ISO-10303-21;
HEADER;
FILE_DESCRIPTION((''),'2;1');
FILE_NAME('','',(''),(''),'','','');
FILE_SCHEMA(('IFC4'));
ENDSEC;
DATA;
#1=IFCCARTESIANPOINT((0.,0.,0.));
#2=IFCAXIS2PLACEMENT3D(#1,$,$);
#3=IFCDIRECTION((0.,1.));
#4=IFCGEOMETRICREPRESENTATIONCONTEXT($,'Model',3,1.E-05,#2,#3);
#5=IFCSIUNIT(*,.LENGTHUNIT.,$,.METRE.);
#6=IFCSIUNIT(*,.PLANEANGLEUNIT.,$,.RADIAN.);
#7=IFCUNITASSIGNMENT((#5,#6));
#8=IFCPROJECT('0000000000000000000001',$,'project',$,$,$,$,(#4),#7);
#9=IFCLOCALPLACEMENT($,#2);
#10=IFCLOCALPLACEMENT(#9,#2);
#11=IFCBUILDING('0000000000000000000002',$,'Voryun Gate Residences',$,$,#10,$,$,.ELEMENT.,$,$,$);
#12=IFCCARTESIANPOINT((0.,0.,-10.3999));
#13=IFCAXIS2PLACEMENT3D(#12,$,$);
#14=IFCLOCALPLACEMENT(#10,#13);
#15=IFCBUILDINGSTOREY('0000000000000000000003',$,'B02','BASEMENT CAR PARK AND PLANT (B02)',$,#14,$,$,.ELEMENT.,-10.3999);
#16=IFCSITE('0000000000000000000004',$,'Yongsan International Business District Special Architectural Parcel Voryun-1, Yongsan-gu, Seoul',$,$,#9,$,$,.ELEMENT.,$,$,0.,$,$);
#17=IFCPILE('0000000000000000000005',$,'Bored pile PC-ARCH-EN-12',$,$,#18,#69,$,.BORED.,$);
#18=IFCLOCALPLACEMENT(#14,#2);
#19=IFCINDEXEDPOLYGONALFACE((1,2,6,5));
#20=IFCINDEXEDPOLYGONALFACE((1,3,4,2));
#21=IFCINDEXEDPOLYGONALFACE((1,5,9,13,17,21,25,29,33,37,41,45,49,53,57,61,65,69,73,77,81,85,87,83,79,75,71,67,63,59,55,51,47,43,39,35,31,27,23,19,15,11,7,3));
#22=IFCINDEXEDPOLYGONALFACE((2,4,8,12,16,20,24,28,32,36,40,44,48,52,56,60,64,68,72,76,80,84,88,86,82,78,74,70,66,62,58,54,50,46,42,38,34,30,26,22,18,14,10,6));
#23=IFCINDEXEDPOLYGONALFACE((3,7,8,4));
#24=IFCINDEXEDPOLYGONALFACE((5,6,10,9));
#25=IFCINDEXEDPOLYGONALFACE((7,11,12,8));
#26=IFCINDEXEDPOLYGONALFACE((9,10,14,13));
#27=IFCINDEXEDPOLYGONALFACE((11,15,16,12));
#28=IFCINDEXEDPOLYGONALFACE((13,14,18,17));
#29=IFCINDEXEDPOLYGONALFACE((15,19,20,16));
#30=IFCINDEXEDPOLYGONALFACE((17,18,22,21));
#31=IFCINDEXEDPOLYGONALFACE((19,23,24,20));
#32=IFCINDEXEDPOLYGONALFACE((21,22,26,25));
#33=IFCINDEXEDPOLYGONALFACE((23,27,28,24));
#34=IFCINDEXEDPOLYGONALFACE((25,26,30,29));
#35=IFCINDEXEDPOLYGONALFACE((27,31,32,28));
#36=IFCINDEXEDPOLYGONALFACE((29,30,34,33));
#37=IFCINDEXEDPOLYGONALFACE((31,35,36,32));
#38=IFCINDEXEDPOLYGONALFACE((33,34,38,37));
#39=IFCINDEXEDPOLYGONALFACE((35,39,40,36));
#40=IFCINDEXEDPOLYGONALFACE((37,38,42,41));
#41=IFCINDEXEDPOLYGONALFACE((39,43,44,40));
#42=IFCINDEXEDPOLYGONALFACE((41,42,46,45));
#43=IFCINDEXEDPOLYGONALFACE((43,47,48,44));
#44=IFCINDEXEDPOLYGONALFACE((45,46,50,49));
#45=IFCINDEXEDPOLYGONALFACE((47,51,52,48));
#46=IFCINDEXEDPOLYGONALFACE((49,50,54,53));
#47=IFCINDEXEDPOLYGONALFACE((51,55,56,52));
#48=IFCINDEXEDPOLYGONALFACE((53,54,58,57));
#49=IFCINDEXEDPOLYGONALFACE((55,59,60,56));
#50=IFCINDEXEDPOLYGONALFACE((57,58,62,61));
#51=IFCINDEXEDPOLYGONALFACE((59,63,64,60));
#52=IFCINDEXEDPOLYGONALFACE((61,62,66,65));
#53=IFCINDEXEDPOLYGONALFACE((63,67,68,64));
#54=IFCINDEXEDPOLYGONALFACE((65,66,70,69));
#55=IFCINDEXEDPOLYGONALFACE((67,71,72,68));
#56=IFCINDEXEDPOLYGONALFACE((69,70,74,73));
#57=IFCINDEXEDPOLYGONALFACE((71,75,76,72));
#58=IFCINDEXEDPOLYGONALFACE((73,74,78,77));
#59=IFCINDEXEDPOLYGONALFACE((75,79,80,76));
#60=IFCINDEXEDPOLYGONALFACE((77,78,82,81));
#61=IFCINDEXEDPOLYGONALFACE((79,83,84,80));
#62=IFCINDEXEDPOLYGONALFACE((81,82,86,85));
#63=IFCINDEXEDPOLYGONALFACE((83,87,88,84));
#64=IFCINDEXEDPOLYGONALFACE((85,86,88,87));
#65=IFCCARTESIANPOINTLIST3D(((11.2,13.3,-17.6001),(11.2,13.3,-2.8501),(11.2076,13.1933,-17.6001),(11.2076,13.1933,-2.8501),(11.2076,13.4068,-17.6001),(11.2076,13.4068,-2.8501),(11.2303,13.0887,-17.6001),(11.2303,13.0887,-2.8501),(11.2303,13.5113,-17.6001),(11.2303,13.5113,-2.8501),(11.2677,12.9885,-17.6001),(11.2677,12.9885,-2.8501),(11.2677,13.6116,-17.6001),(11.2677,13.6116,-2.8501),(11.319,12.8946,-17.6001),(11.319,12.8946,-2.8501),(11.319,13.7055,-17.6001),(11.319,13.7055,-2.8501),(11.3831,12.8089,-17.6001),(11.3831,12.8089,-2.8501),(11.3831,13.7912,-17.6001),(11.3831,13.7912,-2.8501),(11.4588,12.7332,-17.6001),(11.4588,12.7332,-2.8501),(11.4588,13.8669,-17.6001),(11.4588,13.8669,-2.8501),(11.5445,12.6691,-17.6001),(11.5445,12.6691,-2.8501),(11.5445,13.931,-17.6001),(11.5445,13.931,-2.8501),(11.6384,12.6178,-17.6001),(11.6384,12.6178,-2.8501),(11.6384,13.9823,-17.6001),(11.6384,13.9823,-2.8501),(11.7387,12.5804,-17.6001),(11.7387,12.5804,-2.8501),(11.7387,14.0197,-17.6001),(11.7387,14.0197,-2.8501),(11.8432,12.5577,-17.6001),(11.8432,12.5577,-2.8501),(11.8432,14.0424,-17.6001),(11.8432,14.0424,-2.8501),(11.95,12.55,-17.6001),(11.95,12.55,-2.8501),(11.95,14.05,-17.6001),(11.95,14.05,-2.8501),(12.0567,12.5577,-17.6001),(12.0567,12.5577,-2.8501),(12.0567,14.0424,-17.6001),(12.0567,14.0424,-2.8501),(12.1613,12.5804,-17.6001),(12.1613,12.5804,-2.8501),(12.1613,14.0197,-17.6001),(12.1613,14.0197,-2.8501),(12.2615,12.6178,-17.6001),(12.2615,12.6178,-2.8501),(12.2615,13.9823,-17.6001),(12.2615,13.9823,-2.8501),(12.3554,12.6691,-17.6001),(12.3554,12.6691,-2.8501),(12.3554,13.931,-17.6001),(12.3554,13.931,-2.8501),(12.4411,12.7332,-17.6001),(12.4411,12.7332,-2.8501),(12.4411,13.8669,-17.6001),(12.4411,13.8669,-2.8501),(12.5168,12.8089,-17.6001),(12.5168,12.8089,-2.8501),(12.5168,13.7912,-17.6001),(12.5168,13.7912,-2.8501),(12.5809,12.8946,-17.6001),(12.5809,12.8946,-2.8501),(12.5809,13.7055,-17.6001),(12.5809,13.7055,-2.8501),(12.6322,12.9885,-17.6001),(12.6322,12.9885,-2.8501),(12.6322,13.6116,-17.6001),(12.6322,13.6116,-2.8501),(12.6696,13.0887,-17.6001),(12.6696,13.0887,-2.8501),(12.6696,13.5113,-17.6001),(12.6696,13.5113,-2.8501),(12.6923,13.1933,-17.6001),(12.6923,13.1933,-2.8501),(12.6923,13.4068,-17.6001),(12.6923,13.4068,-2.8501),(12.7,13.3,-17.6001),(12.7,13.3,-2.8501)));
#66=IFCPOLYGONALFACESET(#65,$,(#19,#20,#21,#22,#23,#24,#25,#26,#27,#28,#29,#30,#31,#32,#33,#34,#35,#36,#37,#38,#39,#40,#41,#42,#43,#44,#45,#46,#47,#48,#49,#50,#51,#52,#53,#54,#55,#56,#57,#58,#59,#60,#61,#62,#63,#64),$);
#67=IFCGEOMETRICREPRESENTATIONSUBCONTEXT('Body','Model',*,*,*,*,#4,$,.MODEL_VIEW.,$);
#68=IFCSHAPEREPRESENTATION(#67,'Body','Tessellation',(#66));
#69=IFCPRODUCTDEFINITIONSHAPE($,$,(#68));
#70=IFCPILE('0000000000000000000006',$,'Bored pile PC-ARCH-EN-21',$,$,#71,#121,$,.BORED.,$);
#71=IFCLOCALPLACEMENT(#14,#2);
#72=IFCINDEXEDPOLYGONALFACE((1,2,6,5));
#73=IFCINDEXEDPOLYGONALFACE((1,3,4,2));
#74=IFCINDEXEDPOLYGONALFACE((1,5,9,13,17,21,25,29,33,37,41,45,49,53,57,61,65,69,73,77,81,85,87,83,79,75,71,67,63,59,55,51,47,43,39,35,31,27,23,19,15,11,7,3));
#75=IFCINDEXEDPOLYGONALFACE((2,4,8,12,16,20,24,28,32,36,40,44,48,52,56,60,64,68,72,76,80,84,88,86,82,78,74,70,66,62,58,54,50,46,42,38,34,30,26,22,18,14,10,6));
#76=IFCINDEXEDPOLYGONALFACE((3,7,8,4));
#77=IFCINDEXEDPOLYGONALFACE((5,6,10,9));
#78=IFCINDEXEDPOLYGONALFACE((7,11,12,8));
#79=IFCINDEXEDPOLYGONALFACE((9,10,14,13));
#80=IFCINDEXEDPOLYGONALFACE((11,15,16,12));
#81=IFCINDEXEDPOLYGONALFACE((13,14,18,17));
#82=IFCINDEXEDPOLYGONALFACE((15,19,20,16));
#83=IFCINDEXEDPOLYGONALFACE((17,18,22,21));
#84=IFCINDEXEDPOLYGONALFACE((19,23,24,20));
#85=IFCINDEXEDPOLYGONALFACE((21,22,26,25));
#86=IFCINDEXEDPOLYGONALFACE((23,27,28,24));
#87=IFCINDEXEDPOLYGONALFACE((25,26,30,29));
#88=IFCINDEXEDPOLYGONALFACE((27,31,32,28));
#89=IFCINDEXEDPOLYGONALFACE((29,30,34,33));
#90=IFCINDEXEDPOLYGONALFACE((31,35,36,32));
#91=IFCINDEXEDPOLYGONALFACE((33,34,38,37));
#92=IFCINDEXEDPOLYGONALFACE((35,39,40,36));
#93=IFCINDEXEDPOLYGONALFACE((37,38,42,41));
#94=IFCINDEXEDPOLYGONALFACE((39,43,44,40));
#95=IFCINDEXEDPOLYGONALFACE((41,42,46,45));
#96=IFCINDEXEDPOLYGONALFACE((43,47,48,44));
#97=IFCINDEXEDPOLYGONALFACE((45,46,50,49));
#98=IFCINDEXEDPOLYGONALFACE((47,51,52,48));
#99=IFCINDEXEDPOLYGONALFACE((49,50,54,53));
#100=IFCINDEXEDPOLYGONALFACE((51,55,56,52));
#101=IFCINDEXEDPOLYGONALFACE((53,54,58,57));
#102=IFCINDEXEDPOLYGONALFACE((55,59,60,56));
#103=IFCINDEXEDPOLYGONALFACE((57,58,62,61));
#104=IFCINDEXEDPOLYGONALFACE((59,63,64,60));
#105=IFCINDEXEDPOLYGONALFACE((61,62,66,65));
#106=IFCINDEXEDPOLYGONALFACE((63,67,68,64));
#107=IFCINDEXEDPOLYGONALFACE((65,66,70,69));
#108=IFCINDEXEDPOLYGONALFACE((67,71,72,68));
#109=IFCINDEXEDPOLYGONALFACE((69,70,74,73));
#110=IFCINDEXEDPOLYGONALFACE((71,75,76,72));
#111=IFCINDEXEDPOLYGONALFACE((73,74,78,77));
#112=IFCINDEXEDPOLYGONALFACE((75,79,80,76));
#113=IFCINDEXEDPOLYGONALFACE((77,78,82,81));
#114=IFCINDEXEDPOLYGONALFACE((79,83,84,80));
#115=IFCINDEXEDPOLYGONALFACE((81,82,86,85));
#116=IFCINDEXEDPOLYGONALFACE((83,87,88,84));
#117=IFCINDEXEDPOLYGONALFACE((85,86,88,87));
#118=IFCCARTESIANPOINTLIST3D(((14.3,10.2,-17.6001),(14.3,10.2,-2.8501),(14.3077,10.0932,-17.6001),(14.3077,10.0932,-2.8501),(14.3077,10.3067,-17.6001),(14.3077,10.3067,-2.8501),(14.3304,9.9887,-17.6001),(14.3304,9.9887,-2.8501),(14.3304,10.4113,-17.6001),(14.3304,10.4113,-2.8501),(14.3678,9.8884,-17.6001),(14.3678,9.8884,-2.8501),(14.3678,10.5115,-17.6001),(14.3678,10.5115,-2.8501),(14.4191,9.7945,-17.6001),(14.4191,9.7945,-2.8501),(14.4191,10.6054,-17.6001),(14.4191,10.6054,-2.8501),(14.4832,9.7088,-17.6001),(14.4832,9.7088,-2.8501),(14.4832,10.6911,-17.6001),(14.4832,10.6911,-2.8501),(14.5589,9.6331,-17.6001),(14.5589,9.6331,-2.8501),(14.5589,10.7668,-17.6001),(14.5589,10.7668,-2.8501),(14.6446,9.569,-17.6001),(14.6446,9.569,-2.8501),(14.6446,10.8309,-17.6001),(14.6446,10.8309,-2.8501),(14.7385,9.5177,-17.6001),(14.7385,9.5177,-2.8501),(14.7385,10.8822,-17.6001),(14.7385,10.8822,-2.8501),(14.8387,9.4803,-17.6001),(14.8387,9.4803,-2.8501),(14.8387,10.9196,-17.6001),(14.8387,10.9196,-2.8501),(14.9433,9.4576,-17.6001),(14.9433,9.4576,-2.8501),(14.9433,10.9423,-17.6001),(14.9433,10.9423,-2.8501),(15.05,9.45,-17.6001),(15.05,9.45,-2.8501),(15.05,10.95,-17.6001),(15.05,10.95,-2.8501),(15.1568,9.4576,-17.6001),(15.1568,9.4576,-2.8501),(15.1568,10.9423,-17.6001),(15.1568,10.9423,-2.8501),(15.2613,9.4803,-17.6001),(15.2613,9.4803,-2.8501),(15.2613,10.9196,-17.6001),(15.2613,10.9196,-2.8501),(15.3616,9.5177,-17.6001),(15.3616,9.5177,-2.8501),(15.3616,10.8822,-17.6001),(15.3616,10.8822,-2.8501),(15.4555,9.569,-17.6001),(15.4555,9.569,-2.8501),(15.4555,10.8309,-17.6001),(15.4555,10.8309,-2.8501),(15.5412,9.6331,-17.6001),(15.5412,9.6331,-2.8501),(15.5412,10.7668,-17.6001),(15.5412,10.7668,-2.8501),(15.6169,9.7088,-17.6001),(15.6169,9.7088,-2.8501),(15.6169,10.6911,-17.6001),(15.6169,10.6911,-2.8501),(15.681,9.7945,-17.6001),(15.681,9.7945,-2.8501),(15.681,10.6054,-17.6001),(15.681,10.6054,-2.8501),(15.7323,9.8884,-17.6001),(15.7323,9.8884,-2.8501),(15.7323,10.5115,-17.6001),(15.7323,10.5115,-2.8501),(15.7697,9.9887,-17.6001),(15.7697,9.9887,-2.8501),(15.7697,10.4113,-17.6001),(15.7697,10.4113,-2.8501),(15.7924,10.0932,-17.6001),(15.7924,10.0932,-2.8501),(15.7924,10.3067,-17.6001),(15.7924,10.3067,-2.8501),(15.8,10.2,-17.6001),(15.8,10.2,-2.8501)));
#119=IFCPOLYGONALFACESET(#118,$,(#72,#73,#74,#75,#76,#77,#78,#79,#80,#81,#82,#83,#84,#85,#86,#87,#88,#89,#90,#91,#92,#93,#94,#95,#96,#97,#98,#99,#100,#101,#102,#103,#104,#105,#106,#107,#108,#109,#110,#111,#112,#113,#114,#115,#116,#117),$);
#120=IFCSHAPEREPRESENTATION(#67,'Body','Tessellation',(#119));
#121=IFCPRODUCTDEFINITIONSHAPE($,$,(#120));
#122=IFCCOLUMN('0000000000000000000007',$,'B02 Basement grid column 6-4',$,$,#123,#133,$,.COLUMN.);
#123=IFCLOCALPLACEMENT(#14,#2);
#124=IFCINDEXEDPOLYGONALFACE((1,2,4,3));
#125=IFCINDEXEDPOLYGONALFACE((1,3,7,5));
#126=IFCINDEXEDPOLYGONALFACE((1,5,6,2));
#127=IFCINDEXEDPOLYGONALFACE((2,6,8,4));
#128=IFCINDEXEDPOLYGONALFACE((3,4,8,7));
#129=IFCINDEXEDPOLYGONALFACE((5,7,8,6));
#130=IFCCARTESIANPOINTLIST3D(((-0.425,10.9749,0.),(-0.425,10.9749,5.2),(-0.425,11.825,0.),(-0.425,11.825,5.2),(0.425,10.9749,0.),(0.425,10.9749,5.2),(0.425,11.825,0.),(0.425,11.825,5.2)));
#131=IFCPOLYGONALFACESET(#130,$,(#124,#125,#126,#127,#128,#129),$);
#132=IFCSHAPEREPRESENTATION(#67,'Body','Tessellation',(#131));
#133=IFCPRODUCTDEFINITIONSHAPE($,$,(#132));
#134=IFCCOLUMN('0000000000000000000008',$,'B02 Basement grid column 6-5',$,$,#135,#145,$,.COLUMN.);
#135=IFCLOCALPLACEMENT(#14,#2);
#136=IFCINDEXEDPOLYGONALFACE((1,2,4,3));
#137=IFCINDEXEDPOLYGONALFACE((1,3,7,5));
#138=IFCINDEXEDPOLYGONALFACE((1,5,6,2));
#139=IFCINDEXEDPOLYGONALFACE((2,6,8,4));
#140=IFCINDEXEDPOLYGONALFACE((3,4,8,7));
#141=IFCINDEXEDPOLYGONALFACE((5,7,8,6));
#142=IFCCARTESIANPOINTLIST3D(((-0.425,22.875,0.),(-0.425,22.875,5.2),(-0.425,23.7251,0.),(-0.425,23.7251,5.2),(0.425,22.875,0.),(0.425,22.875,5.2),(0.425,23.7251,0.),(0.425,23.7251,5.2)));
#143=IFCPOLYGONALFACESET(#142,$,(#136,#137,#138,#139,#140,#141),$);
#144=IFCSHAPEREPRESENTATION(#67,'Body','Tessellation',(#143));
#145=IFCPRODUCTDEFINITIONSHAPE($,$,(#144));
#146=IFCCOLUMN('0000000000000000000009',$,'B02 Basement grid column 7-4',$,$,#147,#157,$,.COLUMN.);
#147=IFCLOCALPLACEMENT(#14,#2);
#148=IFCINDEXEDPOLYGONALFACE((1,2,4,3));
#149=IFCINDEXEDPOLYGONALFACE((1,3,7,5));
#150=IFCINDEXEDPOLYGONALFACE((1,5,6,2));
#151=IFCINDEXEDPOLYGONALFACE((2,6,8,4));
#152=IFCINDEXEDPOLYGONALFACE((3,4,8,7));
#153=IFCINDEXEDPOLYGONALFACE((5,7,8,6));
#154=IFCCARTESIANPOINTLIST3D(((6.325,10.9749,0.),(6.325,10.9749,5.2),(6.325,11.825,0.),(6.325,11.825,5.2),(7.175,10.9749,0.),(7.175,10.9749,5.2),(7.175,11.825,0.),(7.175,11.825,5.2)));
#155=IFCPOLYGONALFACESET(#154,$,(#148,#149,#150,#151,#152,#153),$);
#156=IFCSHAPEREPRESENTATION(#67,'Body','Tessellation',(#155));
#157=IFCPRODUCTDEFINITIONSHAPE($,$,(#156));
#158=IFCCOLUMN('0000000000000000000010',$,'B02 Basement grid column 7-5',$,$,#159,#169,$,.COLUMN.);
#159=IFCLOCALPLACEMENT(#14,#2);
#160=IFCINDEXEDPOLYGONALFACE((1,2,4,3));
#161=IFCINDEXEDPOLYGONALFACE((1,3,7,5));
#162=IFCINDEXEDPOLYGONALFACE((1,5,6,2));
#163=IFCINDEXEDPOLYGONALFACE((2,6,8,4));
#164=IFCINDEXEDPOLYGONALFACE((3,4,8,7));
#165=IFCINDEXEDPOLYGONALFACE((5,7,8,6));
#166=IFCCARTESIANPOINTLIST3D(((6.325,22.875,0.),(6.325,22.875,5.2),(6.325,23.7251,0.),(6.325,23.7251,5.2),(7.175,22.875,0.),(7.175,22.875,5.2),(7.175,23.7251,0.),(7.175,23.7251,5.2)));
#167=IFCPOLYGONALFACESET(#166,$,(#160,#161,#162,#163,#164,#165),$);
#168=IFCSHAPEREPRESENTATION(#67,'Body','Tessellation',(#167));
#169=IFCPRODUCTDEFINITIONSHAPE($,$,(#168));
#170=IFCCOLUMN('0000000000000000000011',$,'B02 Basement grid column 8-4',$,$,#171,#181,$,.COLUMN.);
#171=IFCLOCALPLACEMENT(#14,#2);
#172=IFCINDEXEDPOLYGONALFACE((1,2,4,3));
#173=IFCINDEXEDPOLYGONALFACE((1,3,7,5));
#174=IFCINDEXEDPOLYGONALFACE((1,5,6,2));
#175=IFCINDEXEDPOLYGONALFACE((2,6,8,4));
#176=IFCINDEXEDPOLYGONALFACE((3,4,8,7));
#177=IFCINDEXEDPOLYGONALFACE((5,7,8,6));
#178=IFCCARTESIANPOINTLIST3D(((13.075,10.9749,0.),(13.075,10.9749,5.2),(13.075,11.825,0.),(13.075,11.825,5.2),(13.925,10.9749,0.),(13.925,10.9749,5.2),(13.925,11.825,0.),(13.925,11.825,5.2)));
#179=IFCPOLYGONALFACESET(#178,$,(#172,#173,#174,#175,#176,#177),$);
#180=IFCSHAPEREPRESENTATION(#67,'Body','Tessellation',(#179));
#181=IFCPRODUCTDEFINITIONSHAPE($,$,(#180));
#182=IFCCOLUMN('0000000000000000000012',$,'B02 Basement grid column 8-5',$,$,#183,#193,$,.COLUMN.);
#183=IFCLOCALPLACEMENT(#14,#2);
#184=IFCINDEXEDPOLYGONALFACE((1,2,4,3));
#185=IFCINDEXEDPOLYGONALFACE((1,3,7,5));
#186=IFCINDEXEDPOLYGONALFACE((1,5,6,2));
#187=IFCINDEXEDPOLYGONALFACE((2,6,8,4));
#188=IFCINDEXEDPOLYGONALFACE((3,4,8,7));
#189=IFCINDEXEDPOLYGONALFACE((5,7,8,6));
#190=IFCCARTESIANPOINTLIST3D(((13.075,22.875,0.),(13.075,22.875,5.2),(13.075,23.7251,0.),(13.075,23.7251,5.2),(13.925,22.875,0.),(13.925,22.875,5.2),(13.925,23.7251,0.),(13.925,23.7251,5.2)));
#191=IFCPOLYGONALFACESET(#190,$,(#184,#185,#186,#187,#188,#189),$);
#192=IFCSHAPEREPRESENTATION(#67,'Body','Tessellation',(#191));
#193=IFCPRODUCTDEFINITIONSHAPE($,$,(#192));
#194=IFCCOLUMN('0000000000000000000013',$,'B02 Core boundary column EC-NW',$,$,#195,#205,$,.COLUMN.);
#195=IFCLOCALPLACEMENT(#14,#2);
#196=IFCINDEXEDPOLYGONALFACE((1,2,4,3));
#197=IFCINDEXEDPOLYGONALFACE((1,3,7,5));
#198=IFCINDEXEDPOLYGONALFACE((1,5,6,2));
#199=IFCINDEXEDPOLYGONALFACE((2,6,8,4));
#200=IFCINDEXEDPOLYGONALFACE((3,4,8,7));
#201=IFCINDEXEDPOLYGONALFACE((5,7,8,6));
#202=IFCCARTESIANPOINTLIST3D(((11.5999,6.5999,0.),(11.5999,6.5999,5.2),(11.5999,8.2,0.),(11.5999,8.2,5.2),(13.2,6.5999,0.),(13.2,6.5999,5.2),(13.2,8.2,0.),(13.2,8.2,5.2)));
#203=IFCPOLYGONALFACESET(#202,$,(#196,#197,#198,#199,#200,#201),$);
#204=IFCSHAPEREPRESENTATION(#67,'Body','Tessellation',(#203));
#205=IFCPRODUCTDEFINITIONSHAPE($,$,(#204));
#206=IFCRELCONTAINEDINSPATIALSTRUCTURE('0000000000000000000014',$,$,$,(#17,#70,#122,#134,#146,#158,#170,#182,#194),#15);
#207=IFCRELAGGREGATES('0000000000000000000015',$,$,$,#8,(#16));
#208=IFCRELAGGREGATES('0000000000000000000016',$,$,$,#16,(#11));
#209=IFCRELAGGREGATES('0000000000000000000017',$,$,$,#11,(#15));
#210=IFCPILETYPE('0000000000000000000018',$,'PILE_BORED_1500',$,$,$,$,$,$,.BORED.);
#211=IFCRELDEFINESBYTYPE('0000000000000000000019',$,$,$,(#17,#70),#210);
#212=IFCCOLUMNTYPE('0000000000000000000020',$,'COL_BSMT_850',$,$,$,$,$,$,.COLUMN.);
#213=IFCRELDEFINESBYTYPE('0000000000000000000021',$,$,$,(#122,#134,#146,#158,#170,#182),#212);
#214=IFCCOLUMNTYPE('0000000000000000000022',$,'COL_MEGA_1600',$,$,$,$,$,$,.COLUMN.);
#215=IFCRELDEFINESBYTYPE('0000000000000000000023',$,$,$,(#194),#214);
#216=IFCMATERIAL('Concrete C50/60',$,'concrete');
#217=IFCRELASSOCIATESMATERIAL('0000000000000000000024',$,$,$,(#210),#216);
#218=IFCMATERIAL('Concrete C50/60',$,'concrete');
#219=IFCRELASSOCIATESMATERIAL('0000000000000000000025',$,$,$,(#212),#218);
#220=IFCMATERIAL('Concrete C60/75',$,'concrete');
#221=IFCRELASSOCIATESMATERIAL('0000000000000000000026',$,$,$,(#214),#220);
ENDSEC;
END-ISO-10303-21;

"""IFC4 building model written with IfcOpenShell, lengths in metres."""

from ifc_helpers import new_model, si_unit, direction, frame, origin, origin_2d, place, context, subcontext, project, spatial, rectangle, circle, extrude, material, material_profile, profile_set, type_object, element, save


model = new_model("IFC4")

# Units and contexts
model_context = context("Model", 3, precision=1e-05, world=origin(), true_north=direction((0.0, 1.0)))
body_context = subcontext(model_context, "Body", "Model", "MODEL_VIEW")
ifc_project = project(units=[si_unit("LENGTHUNIT", "METRE"), si_unit("PLANEANGLEUNIT", "RADIAN")], contexts=[model_context])

# Site, building, storey
site_placement = place(None, origin())
site = spatial("IfcSite", under=ifc_project, at=site_placement, Name="Yongsan International Business District Special Architectural Parcel Voryun-1, Yongsan-gu, Seoul", CompositionType="ELEMENT", RefElevation=0.0)
building_placement = place(site_placement, origin())
building = spatial("IfcBuilding", under=site, at=building_placement, Name="Voryun Gate Residences", CompositionType="ELEMENT")
storey_placement = place(building_placement, frame((0.0, 0.0, -10.3999)))
storey = spatial("IfcBuildingStorey", under=building, at=storey_placement, Name="B02", Description="BASEMENT CAR PARK AND PLANT (B02)", CompositionType="ELEMENT", Elevation=-10.3999)

# Piles
ifc_material_1 = material(Name="Concrete C50/60", Category="concrete")
ifc_material_profile_1 = material_profile(ifc_material_1, circle(Radius=0.75, at=origin_2d()), Name="PILE-D1500")
ifc_profile_set_1 = profile_set([ifc_material_profile_1], Name="Concrete C50/60")
pile_type_1 = type_object("IfcPileType", Name="PILE_BORED_1500", PredefinedType="BORED", material=ifc_profile_set_1)
for number, where, z_axis, x_axis, name in (
    (1, (11.95, 13.3, -2.8501), (0.0, 0.0, -1.0), (1.0, 0.0, 0.0), "Bored pile PC-ARCH-EN-12"),
    (2, (15.05, 10.2, -2.8501), (0.0, 0.0, -1.0), (1.0, 0.0, 0.0), "Bored pile PC-ARCH-EN-21"),
):
    element("IfcPile", number, at=place(storey_placement, frame(where, z_axis=z_axis, x_axis=x_axis)), inside=storey, type_object=pile_type_1, Name=name, PredefinedType="BORED", context=body_context, shape_type="SweptSolid", body=[
        extrude(circle(Radius=0.75, at=origin_2d()), origin(), (0.0, 0.0, 1.0), 14.75),
    ])

# Columns
ifc_material_2 = material(Name="Concrete C50/60", Category="concrete")
ifc_material_profile_2 = material_profile(ifc_material_2, rectangle(XDim=0.8501, YDim=0.8501, at=origin_2d()), Name="RC-850x850")
ifc_profile_set_2 = profile_set([ifc_material_profile_2], Name="Concrete C50/60")
column_type_1 = type_object("IfcColumnType", Name="COL_BSMT_850", PredefinedType="COLUMN", material=ifc_profile_set_2)
for number, where, z_axis, x_axis, name in (
    (3, (0.0, 11.3999, 0.0), (0.0, 0.0, 1.0), (1.0, 0.0, 0.0), "B02 Basement grid column 6-4"),
    (4, (0.0, 23.3, 0.0), (0.0, 0.0, 1.0), (1.0, 0.0, 0.0), "B02 Basement grid column 6-5"),
    (5, (6.75, 11.3999, 0.0), (0.0, 0.0, 1.0), (1.0, 0.0, 0.0), "B02 Basement grid column 7-4"),
    (6, (6.75, 23.3, 0.0), (0.0, 0.0, 1.0), (1.0, 0.0, 0.0), "B02 Basement grid column 7-5"),
    (7, (13.5, 11.3999, 0.0), (0.0, 0.0, 1.0), (1.0, 0.0, 0.0), "B02 Basement grid column 8-4"),
    (8, (13.5, 23.3, 0.0), (0.0, 0.0, 1.0), (1.0, 0.0, 0.0), "B02 Basement grid column 8-5"),
):
    element("IfcColumn", number, at=place(storey_placement, frame(where, z_axis=z_axis, x_axis=x_axis)), inside=storey, type_object=column_type_1, Name=name, PredefinedType="COLUMN", context=body_context, shape_type="SweptSolid", body=[
        extrude(rectangle(XDim=0.8501, YDim=0.8501, at=origin_2d()), origin(), (0.0, 0.0, 1.0), 5.2),
    ])
ifc_material_3 = material(Name="Concrete C60/75", Category="concrete")
ifc_material_profile_3 = material_profile(ifc_material_3, rectangle(XDim=1.6001, YDim=1.6001, at=origin_2d()), Name="RC-1600x1600")
ifc_profile_set_3 = profile_set([ifc_material_profile_3], Name="Concrete C60/75")
column_type_2 = type_object("IfcColumnType", Name="COL_MEGA_1600", PredefinedType="COLUMN", material=ifc_profile_set_3)
column_placement = place(storey_placement, frame((12.3999, 7.3999, 0.0), z_axis=(0.0, 0.0, 1.0), x_axis=(1.0, 0.0, 0.0)))
element("IfcColumn", 9, at=column_placement, inside=storey, type_object=column_type_2, Name="B02 Core boundary column EC-NW", PredefinedType="COLUMN", context=body_context, shape_type="SweptSolid", body=[
    extrude(rectangle(XDim=1.6001, YDim=1.6001, at=origin_2d()), origin(), (0.0, 0.0, 1.0), 5.2),
])

save(model, "model.ifc")
